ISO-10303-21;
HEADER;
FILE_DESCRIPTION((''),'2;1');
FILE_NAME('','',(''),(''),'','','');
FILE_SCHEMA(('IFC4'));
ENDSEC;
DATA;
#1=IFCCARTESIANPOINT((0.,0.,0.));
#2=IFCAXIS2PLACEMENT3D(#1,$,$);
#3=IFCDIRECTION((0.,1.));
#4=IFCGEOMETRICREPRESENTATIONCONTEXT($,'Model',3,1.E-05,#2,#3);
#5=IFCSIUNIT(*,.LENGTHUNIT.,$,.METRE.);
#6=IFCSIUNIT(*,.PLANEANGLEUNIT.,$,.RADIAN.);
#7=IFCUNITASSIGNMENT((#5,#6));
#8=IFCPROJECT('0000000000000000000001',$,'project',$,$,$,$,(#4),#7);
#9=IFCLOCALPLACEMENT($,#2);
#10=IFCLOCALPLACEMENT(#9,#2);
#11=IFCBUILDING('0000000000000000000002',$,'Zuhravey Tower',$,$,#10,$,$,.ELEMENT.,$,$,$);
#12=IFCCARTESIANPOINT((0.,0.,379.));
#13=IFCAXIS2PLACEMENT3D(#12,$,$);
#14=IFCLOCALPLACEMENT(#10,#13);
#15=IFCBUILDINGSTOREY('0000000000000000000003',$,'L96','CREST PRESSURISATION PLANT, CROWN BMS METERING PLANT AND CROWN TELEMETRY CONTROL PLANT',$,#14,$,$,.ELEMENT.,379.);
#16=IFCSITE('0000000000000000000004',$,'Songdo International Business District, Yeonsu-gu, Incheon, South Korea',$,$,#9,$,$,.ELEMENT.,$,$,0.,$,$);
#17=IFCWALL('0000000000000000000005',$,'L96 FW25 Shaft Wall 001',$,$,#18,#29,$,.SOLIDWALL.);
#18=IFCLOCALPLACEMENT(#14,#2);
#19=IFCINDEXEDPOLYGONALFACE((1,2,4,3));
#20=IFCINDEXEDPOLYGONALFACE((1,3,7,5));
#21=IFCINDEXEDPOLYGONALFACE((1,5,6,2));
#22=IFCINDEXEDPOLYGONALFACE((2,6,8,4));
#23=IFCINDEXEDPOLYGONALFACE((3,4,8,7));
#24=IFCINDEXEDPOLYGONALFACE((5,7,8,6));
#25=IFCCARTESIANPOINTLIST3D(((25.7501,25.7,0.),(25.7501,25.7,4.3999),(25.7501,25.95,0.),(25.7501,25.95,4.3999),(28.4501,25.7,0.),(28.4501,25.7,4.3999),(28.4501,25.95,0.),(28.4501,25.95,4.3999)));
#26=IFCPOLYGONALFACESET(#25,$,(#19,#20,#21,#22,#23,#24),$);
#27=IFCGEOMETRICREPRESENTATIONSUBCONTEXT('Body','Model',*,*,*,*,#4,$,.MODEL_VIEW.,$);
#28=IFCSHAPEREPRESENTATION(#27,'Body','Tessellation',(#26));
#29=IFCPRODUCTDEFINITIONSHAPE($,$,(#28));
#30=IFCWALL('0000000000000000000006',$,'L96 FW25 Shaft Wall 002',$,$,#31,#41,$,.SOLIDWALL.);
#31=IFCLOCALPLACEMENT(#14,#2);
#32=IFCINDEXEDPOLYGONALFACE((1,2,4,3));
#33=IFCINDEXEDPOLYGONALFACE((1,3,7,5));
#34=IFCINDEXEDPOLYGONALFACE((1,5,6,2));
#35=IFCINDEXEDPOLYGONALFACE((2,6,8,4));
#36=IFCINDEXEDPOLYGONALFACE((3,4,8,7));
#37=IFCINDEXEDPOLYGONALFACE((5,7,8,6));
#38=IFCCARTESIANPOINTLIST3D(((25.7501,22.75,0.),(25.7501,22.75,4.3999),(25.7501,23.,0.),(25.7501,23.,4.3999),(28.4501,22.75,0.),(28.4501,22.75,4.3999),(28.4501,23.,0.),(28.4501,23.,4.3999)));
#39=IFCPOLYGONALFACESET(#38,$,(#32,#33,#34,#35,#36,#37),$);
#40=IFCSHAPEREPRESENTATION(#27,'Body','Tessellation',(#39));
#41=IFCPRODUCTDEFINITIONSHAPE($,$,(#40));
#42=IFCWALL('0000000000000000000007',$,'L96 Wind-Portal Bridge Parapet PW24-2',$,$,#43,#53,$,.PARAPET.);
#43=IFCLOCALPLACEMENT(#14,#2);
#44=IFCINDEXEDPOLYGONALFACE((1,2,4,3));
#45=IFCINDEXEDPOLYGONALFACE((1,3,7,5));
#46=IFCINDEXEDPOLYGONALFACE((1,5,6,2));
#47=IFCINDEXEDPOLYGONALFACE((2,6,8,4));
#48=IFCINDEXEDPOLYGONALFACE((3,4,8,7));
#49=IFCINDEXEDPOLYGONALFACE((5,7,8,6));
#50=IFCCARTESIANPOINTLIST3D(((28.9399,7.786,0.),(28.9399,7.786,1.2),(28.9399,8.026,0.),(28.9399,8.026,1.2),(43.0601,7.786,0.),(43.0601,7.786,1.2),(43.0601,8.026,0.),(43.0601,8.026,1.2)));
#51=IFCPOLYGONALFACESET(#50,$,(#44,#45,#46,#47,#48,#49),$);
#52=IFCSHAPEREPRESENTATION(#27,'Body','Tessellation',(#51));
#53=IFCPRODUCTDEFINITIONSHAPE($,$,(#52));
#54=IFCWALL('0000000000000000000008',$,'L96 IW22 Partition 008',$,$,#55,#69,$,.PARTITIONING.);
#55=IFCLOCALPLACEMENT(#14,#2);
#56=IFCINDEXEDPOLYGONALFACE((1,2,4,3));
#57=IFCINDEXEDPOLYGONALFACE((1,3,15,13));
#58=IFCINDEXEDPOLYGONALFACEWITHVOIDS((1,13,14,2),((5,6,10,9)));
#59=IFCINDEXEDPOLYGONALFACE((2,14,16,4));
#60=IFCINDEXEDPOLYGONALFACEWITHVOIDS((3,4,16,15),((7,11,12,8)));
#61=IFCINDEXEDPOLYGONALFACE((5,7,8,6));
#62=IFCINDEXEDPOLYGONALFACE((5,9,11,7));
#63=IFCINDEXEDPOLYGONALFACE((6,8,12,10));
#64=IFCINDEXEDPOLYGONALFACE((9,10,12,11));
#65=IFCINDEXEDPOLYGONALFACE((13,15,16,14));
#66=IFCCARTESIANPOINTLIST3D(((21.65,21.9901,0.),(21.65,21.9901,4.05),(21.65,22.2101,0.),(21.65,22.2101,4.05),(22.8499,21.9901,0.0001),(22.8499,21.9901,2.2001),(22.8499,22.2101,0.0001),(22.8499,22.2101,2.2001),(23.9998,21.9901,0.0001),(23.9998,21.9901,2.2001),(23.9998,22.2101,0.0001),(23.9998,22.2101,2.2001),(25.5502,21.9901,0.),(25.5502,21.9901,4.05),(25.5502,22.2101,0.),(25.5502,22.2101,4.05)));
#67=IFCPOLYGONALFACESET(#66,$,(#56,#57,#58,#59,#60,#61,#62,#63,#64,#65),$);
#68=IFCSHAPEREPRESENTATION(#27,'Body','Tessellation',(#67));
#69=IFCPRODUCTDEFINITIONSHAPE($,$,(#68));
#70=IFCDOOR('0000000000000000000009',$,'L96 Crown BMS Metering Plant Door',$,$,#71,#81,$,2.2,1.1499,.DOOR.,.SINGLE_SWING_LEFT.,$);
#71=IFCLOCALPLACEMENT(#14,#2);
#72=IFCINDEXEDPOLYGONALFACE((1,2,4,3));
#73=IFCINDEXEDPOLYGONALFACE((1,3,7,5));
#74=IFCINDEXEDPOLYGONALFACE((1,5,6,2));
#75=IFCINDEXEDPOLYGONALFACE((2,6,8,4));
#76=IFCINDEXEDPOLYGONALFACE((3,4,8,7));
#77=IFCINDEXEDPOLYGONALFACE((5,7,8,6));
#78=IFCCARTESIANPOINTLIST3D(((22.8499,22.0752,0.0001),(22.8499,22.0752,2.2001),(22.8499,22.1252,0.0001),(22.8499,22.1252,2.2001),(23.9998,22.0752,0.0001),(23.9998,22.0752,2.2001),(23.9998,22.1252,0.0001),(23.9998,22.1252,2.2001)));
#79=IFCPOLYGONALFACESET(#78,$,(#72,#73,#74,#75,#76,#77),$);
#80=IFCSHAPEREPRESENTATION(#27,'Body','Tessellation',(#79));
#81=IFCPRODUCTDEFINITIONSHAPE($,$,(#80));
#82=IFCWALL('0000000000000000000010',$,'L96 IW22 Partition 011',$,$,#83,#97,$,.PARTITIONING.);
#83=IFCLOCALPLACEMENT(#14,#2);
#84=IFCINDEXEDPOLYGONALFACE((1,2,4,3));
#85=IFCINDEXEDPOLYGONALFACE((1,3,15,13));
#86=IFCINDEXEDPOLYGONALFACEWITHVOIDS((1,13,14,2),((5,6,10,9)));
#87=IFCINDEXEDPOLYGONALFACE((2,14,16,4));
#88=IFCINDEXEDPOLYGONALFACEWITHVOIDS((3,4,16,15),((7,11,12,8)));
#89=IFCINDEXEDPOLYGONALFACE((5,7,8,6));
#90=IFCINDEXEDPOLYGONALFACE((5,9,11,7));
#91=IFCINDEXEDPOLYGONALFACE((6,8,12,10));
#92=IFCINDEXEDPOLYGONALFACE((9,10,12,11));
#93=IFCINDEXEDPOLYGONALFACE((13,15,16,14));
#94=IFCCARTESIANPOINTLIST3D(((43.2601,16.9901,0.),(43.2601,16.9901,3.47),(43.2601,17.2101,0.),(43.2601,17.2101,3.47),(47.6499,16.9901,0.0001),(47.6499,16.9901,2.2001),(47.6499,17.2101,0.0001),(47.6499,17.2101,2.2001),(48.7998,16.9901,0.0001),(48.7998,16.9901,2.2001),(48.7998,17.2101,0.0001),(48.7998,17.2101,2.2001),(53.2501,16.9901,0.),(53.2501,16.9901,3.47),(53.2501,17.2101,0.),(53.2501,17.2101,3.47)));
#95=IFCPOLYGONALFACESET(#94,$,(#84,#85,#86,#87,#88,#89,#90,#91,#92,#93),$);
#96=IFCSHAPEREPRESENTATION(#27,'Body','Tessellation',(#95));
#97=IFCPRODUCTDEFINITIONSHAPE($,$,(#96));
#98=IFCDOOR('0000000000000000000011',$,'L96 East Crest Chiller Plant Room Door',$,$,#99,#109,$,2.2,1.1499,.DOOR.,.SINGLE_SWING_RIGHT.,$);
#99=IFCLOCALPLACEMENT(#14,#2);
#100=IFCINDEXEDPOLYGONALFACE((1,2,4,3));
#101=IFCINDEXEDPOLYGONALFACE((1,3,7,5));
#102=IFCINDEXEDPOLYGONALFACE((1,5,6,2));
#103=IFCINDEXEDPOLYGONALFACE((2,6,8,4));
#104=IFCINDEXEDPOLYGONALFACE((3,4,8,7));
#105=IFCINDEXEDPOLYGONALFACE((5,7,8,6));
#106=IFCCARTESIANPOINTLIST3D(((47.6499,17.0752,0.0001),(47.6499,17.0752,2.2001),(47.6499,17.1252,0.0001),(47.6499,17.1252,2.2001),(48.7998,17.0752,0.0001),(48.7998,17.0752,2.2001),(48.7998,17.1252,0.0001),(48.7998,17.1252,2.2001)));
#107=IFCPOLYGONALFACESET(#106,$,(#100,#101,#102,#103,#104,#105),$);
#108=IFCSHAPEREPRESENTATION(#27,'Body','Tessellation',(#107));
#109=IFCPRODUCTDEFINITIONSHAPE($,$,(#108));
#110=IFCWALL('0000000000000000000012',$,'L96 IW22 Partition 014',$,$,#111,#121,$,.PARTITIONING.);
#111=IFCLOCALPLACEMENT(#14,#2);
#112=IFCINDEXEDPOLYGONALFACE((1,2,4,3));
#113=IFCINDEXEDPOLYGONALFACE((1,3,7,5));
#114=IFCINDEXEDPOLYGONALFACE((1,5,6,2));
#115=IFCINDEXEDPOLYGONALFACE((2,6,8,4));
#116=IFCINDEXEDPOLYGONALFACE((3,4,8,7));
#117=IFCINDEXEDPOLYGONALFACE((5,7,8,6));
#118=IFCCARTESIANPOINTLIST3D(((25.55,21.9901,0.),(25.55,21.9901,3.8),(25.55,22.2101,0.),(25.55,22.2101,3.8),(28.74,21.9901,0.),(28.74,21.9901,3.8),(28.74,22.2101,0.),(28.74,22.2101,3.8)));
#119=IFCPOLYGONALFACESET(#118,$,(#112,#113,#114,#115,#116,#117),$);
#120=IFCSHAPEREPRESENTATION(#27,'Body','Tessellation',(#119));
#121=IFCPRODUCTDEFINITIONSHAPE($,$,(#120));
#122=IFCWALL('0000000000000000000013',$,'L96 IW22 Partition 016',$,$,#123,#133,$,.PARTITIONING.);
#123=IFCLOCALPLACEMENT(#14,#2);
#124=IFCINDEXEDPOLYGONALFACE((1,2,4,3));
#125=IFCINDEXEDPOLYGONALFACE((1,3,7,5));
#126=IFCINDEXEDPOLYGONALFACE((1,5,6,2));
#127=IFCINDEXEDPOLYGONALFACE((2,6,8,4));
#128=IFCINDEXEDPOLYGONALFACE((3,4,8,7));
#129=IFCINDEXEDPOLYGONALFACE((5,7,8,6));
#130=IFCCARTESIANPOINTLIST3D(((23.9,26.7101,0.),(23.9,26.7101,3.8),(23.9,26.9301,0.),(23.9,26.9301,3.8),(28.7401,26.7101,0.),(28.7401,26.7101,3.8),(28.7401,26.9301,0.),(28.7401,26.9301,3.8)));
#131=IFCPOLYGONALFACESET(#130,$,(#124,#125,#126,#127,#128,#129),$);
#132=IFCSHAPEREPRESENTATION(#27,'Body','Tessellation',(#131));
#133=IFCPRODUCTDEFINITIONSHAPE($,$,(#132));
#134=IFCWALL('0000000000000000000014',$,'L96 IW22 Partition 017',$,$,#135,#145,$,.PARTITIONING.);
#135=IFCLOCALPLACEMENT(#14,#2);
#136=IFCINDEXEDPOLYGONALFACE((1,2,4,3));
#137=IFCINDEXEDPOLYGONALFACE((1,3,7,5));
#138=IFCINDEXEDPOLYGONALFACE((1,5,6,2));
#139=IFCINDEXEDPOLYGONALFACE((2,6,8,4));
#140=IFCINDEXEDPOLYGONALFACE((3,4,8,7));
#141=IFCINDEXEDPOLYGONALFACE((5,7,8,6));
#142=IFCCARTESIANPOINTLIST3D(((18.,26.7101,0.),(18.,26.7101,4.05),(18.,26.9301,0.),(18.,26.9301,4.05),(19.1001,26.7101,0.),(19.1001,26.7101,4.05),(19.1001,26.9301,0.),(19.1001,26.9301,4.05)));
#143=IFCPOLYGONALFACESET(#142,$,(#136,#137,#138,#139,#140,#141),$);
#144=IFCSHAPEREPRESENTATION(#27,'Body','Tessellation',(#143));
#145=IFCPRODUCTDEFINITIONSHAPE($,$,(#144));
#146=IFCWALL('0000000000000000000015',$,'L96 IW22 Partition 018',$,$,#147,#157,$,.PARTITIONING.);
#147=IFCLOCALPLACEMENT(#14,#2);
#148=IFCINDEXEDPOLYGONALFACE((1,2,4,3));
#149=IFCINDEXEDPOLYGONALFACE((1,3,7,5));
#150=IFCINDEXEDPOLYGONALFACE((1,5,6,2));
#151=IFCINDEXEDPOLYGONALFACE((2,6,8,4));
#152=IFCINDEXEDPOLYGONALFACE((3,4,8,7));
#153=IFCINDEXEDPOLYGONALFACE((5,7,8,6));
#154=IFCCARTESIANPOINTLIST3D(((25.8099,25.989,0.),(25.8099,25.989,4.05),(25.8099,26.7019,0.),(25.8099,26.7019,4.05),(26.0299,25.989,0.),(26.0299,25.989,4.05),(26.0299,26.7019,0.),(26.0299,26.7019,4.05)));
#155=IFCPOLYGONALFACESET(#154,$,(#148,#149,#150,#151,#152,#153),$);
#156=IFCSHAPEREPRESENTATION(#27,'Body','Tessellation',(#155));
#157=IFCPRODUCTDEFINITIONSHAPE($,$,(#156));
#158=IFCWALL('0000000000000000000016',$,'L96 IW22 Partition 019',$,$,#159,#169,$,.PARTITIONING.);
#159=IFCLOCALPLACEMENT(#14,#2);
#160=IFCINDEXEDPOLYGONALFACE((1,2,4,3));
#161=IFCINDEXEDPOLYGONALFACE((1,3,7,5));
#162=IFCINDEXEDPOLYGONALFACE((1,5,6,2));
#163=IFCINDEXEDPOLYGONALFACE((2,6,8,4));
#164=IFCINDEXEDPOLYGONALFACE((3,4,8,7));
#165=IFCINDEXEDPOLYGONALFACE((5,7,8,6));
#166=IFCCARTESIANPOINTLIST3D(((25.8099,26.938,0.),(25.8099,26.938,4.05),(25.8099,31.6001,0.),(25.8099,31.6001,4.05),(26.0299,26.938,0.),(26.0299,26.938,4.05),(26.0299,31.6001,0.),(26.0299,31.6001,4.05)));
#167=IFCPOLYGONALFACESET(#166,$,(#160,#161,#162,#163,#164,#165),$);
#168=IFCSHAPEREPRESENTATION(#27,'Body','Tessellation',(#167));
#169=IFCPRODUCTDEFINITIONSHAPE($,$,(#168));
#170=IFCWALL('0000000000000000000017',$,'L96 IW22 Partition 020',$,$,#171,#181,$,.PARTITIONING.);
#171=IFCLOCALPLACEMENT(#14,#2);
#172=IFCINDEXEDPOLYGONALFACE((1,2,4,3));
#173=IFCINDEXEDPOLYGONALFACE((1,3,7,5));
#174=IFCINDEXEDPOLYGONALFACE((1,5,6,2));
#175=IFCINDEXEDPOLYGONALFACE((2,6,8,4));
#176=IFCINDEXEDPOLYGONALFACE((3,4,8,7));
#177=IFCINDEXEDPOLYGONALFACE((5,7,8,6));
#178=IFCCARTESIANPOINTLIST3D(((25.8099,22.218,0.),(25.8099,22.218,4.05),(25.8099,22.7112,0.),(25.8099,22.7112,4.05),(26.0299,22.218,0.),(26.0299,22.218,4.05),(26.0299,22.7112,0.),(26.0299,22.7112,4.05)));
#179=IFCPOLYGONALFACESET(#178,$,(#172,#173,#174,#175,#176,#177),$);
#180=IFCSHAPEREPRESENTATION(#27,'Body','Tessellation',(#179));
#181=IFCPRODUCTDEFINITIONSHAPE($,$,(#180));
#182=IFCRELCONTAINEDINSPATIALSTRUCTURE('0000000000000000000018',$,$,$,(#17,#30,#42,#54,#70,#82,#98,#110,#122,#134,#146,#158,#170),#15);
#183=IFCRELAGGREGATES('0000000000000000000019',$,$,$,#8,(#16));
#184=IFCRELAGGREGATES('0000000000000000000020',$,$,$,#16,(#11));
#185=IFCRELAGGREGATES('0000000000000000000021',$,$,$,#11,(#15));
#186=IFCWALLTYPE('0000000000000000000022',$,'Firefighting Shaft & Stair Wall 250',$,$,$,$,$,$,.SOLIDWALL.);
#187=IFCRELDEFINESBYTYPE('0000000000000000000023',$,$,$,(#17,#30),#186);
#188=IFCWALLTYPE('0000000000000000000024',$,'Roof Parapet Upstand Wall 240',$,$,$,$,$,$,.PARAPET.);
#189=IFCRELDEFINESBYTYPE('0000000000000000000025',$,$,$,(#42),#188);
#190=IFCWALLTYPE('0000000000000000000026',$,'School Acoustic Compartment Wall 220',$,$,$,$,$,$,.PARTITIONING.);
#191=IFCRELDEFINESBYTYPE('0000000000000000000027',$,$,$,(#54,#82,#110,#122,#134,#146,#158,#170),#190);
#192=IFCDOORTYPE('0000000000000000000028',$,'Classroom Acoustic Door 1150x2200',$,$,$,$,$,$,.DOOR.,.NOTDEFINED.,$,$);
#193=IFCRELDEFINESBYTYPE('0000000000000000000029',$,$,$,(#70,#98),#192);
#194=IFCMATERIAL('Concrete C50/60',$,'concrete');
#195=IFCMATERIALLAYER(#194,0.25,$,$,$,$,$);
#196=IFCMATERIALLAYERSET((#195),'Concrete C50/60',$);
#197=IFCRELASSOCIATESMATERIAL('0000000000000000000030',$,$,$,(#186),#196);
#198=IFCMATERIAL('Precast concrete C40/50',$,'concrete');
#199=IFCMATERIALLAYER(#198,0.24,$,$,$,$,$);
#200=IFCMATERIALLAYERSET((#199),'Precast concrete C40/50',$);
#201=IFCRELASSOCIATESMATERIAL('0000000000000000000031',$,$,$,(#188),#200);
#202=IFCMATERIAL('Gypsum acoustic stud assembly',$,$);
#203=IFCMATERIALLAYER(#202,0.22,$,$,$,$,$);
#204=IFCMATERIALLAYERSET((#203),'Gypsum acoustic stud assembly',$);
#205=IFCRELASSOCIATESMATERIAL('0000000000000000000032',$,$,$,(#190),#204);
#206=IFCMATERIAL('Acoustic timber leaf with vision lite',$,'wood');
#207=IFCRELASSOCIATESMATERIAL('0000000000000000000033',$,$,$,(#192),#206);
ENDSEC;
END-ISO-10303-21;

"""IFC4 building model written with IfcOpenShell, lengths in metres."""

from ifc_helpers import new_model, si_unit, direction, frame, frame_2d, origin, place, context, subcontext, project, spatial, rectangle, extrude, material, layer, layer_set, type_object, element, fill, save


model = new_model("IFC4")

# Units and contexts
model_context = context("Model", 3, precision=1e-05, world=origin(), true_north=direction((0.0, 1.0)))
body_context = subcontext(model_context, "Body", "Model", "MODEL_VIEW")
ifc_project = project(units=[si_unit("LENGTHUNIT", "METRE"), si_unit("PLANEANGLEUNIT", "RADIAN")], contexts=[model_context])

# Site, building, storey
site_placement = place(None, origin())
site = spatial("IfcSite", under=ifc_project, at=site_placement, Name="Songdo International Business District, Yeonsu-gu, Incheon, South Korea", CompositionType="ELEMENT", RefElevation=0.0)
building_placement = place(site_placement, origin())
building = spatial("IfcBuilding", under=site, at=building_placement, Name="Zuhravey Tower", CompositionType="ELEMENT")
storey_placement = place(building_placement, frame((0.0, 0.0, 379.0)))
storey = spatial("IfcBuildingStorey", under=building, at=storey_placement, Name="L96", Description="CREST PRESSURISATION PLANT, CROWN BMS METERING PLANT AND CROWN TELEMETRY CONTROL PLANT", CompositionType="ELEMENT", Elevation=379.0)

# Shared definitions
ifc_material_1 = material(Name="Concrete C50/60", Category="concrete")

# Walls
ifc_material_2 = material(Name="Precast concrete C40/50", Category="concrete")
ifc_layer_1 = layer(ifc_material_1, 0.25)
ifc_layer_set_1 = layer_set([ifc_layer_1], Name="Concrete C50/60")
wall_type_1 = type_object("IfcWallType", Name="Firefighting Shaft & Stair Wall 250", PredefinedType="SOLIDWALL", material=ifc_layer_set_1)
for number, where, z_axis, x_axis, name in (
    (1, (25.75, 25.825, 0.0), (0.0, 0.0, 1.0), (1.0, 0.0, 0.0), "L96 FW25 Shaft Wall 001"),
    (2, (25.75, 22.875, 0.0), (0.0, 0.0, 1.0), (1.0, 0.0, 0.0), "L96 FW25 Shaft Wall 002"),
):
    element("IfcWall", number, at=place(storey_placement, frame(where, z_axis=z_axis, x_axis=x_axis)), inside=storey, type_object=wall_type_1, Name=name, PredefinedType="SOLIDWALL", context=body_context, shape_type="SweptSolid", body=[
        extrude(rectangle(XDim=2.7, YDim=0.25, at=frame_2d((1.3501, 0.0))), origin(), (0.0, 0.0, 1.0), 4.3999),
    ])
ifc_layer_2 = layer(ifc_material_2, 0.24)
ifc_layer_set_2 = layer_set([ifc_layer_2], Name="Precast concrete C40/50")
wall_type_2 = type_object("IfcWallType", Name="Roof Parapet Upstand Wall 240", PredefinedType="PARAPET", material=ifc_layer_set_2)
wall_1_placement = place(storey_placement, frame((43.0601, 7.906, 0.0), z_axis=(0.0, 0.0, 1.0), x_axis=(-1.0, 0.0, 0.0)))
element("IfcWall", 3, at=wall_1_placement, inside=storey, type_object=wall_type_2, Name="L96 Wind-Portal Bridge Parapet PW24-2", PredefinedType="PARAPET", context=body_context, shape_type="SweptSolid", body=[
    extrude(rectangle(XDim=14.1201, YDim=0.24, at=frame_2d((7.0601, 0.0))), origin(), (0.0, 0.0, 1.0), 1.2),
])

# Walls, openings, doors
ifc_material_3 = material(Name="Gypsum acoustic stud assembly")
ifc_layer_3 = layer(ifc_material_3, 0.22)
ifc_layer_set_3 = layer_set([ifc_layer_3], Name="Gypsum acoustic stud assembly")
wall_type_3 = type_object("IfcWallType", Name="School Acoustic Compartment Wall 220", PredefinedType="PARTITIONING", material=ifc_layer_set_3)
wall_2_placement = place(storey_placement, frame((21.6499, 22.1001, 0.0), z_axis=(0.0, 0.0, 1.0), x_axis=(1.0, 0.0, 0.0)))
wall_2 = element("IfcWall", 4, at=wall_2_placement, inside=storey, type_object=wall_type_3, Name="L96 IW22 Partition 008", PredefinedType="PARTITIONING", context=body_context, shape_type="SweptSolid", body=[
    extrude(rectangle(XDim=3.9001, YDim=0.22, at=frame_2d((1.9502, 0.0))), origin(), (0.0, 0.0, 1.0), 4.05),
])
opening_1_placement = place(wall_2_placement, frame((1.2, 0.0, 0.0)))
opening_1 = element("IfcOpeningElement", 5, at=opening_1_placement, cuts=wall_2, PredefinedType="OPENING", context=body_context, shape_type="SweptSolid", body=[
    extrude(rectangle(XDim=1.1499, YDim=2.2, at=frame_2d((0.575, 1.1001))), frame((0.0, 0.1221, 0.0), z_axis=(0.0, -1.0, 0.0), x_axis=(1.0, 0.0, 0.0)), (0.0, 0.0, 1.0), 0.2439),
])
ifc_material_4 = material(Name="Acoustic timber leaf with vision lite", Category="wood")
door_type_1 = type_object("IfcDoorType", Name="Classroom Acoustic Door 1150x2200", OperationType="NOTDEFINED", PredefinedType="DOOR", material=ifc_material_4)
door_1_placement = place(opening_1_placement, frame((1.1499, 0.0, 0.0), z_axis=(0.0, 0.0, 1.0), x_axis=(-1.0, 0.0, 0.0)))
door_1 = element("IfcDoor", 6, at=door_1_placement, inside=storey, type_object=door_type_1, Name="L96 Crown BMS Metering Plant Door", OperationType="SINGLE_SWING_LEFT", OverallHeight=2.2, OverallWidth=1.1499, PredefinedType="DOOR", context=body_context, shape_type="SweptSolid", body=[
    extrude(rectangle(XDim=1.1499, YDim=2.2, at=frame_2d((0.575, 1.1001))), frame((0.0, 0.0249, 0.0), z_axis=(0.0, -1.0, 0.0), x_axis=(1.0, 0.0, 0.0)), (0.0, 0.0, 1.0), 0.05),
])
fill(opening_1, door_1)
wall_3_placement = place(storey_placement, frame((43.26, 17.1001, 0.0), z_axis=(0.0, 0.0, 1.0), x_axis=(1.0, 0.0, 0.0)))
wall_3 = element("IfcWall", 7, at=wall_3_placement, inside=storey, type_object=wall_type_3, Name="L96 IW22 Partition 011", PredefinedType="PARTITIONING", context=body_context, shape_type="SweptSolid", body=[
    extrude(rectangle(XDim=9.99, YDim=0.22, at=frame_2d((4.9951, 0.0))), origin(), (0.0, 0.0, 1.0), 3.47),
])
opening_2_placement = place(wall_3_placement, frame((4.3899, 0.0, 0.0)))
opening_2 = element("IfcOpeningElement", 8, at=opening_2_placement, cuts=wall_3, PredefinedType="OPENING", context=body_context, shape_type="SweptSolid", body=[
    extrude(rectangle(XDim=1.1499, YDim=2.2, at=frame_2d((0.575, 1.1001))), frame((0.0, 0.1221, 0.0), z_axis=(0.0, -1.0, 0.0), x_axis=(1.0, 0.0, 0.0)), (0.0, 0.0, 1.0), 0.2439),
])
door_2_placement = place(opening_2_placement, frame((1.1499, 0.0, 0.0), z_axis=(0.0, 0.0, 1.0), x_axis=(-1.0, 0.0, 0.0)))
door_2 = element("IfcDoor", 9, at=door_2_placement, inside=storey, type_object=door_type_1, Name="L96 East Crest Chiller Plant Room Door", OperationType="SINGLE_SWING_RIGHT", OverallHeight=2.2, OverallWidth=1.1499, PredefinedType="DOOR", context=body_context, shape_type="SweptSolid", body=[
    extrude(rectangle(XDim=1.1499, YDim=2.2, at=frame_2d((0.575, 1.1001))), frame((0.0, 0.0249, 0.0), z_axis=(0.0, -1.0, 0.0), x_axis=(1.0, 0.0, 0.0)), (0.0, 0.0, 1.0), 0.05),
])
fill(opening_2, door_2)

# Walls
wall_4_placement = place(storey_placement, frame((25.55, 22.1001, 0.0), z_axis=(0.0, 0.0, 1.0), x_axis=(1.0, 0.0, 0.0)))
element("IfcWall", 10, at=wall_4_placement, inside=storey, type_object=wall_type_3, Name="L96 IW22 Partition 014", PredefinedType="PARTITIONING", context=body_context, shape_type="SweptSolid", body=[
    extrude(rectangle(XDim=3.1899, YDim=0.22, at=frame_2d((1.595, 0.0))), origin(), (0.0, 0.0, 1.0), 3.8),
])
wall_5_placement = place(storey_placement, frame((28.74, 26.8201, 0.0), z_axis=(0.0, 0.0, 1.0), x_axis=(-1.0, 0.0, 0.0)))
element("IfcWall", 11, at=wall_5_placement, inside=storey, type_object=wall_type_3, Name="L96 IW22 Partition 016", PredefinedType="PARTITIONING", context=body_context, shape_type="SweptSolid", body=[
    extrude(rectangle(XDim=4.8401, YDim=0.22, at=frame_2d((2.4199, 0.0))), origin(), (0.0, 0.0, 1.0), 3.8),
])
wall_6_placement = place(storey_placement, frame((19.1001, 26.8201, 0.0), z_axis=(0.0, 0.0, 1.0), x_axis=(-1.0, 0.0, 0.0)))
element("IfcWall", 12, at=wall_6_placement, inside=storey, type_object=wall_type_3, Name="L96 IW22 Partition 017", PredefinedType="PARTITIONING", context=body_context, shape_type="SweptSolid", body=[
    extrude(rectangle(XDim=1.1001, YDim=0.22, at=frame_2d((0.55, 0.0))), origin(), (0.0, 0.0, 1.0), 4.05),
])
wall_7_placement = place(storey_placement, frame((25.9199, 25.989, 0.0), z_axis=(0.0, 0.0, 1.0), x_axis=(0.0, 1.0, 0.0)))
element("IfcWall", 13, at=wall_7_placement, inside=storey, type_object=wall_type_3, Name="L96 IW22 Partition 018", PredefinedType="PARTITIONING", context=body_context, shape_type="SweptSolid", body=[
    extrude(rectangle(XDim=0.7129, YDim=0.22, at=frame_2d((0.3564, 0.0))), origin(), (0.0, 0.0, 1.0), 4.05),
])
wall_8_placement = place(storey_placement, frame((25.9199, 26.938, 0.0), z_axis=(0.0, 0.0, 1.0), x_axis=(0.0, 1.0, 0.0)))
element("IfcWall", 14, at=wall_8_placement, inside=storey, type_object=wall_type_3, Name="L96 IW22 Partition 019", PredefinedType="PARTITIONING", context=body_context, shape_type="SweptSolid", body=[
    extrude(rectangle(XDim=4.6621, YDim=0.22, at=frame_2d((2.3311, 0.0))), origin(), (0.0, 0.0, 1.0), 4.05),
])
wall_9_placement = place(storey_placement, frame((25.9199, 22.218, 0.0), z_axis=(0.0, 0.0, 1.0), x_axis=(0.0, 1.0, 0.0)))
element("IfcWall", 15, at=wall_9_placement, inside=storey, type_object=wall_type_3, Name="L96 IW22 Partition 020", PredefinedType="PARTITIONING", context=body_context, shape_type="SweptSolid", body=[
    extrude(rectangle(XDim=0.4932, YDim=0.22, at=frame_2d((0.2466, 0.0))), origin(), (0.0, 0.0, 1.0), 4.05),
])

save(model, "model.ifc")
